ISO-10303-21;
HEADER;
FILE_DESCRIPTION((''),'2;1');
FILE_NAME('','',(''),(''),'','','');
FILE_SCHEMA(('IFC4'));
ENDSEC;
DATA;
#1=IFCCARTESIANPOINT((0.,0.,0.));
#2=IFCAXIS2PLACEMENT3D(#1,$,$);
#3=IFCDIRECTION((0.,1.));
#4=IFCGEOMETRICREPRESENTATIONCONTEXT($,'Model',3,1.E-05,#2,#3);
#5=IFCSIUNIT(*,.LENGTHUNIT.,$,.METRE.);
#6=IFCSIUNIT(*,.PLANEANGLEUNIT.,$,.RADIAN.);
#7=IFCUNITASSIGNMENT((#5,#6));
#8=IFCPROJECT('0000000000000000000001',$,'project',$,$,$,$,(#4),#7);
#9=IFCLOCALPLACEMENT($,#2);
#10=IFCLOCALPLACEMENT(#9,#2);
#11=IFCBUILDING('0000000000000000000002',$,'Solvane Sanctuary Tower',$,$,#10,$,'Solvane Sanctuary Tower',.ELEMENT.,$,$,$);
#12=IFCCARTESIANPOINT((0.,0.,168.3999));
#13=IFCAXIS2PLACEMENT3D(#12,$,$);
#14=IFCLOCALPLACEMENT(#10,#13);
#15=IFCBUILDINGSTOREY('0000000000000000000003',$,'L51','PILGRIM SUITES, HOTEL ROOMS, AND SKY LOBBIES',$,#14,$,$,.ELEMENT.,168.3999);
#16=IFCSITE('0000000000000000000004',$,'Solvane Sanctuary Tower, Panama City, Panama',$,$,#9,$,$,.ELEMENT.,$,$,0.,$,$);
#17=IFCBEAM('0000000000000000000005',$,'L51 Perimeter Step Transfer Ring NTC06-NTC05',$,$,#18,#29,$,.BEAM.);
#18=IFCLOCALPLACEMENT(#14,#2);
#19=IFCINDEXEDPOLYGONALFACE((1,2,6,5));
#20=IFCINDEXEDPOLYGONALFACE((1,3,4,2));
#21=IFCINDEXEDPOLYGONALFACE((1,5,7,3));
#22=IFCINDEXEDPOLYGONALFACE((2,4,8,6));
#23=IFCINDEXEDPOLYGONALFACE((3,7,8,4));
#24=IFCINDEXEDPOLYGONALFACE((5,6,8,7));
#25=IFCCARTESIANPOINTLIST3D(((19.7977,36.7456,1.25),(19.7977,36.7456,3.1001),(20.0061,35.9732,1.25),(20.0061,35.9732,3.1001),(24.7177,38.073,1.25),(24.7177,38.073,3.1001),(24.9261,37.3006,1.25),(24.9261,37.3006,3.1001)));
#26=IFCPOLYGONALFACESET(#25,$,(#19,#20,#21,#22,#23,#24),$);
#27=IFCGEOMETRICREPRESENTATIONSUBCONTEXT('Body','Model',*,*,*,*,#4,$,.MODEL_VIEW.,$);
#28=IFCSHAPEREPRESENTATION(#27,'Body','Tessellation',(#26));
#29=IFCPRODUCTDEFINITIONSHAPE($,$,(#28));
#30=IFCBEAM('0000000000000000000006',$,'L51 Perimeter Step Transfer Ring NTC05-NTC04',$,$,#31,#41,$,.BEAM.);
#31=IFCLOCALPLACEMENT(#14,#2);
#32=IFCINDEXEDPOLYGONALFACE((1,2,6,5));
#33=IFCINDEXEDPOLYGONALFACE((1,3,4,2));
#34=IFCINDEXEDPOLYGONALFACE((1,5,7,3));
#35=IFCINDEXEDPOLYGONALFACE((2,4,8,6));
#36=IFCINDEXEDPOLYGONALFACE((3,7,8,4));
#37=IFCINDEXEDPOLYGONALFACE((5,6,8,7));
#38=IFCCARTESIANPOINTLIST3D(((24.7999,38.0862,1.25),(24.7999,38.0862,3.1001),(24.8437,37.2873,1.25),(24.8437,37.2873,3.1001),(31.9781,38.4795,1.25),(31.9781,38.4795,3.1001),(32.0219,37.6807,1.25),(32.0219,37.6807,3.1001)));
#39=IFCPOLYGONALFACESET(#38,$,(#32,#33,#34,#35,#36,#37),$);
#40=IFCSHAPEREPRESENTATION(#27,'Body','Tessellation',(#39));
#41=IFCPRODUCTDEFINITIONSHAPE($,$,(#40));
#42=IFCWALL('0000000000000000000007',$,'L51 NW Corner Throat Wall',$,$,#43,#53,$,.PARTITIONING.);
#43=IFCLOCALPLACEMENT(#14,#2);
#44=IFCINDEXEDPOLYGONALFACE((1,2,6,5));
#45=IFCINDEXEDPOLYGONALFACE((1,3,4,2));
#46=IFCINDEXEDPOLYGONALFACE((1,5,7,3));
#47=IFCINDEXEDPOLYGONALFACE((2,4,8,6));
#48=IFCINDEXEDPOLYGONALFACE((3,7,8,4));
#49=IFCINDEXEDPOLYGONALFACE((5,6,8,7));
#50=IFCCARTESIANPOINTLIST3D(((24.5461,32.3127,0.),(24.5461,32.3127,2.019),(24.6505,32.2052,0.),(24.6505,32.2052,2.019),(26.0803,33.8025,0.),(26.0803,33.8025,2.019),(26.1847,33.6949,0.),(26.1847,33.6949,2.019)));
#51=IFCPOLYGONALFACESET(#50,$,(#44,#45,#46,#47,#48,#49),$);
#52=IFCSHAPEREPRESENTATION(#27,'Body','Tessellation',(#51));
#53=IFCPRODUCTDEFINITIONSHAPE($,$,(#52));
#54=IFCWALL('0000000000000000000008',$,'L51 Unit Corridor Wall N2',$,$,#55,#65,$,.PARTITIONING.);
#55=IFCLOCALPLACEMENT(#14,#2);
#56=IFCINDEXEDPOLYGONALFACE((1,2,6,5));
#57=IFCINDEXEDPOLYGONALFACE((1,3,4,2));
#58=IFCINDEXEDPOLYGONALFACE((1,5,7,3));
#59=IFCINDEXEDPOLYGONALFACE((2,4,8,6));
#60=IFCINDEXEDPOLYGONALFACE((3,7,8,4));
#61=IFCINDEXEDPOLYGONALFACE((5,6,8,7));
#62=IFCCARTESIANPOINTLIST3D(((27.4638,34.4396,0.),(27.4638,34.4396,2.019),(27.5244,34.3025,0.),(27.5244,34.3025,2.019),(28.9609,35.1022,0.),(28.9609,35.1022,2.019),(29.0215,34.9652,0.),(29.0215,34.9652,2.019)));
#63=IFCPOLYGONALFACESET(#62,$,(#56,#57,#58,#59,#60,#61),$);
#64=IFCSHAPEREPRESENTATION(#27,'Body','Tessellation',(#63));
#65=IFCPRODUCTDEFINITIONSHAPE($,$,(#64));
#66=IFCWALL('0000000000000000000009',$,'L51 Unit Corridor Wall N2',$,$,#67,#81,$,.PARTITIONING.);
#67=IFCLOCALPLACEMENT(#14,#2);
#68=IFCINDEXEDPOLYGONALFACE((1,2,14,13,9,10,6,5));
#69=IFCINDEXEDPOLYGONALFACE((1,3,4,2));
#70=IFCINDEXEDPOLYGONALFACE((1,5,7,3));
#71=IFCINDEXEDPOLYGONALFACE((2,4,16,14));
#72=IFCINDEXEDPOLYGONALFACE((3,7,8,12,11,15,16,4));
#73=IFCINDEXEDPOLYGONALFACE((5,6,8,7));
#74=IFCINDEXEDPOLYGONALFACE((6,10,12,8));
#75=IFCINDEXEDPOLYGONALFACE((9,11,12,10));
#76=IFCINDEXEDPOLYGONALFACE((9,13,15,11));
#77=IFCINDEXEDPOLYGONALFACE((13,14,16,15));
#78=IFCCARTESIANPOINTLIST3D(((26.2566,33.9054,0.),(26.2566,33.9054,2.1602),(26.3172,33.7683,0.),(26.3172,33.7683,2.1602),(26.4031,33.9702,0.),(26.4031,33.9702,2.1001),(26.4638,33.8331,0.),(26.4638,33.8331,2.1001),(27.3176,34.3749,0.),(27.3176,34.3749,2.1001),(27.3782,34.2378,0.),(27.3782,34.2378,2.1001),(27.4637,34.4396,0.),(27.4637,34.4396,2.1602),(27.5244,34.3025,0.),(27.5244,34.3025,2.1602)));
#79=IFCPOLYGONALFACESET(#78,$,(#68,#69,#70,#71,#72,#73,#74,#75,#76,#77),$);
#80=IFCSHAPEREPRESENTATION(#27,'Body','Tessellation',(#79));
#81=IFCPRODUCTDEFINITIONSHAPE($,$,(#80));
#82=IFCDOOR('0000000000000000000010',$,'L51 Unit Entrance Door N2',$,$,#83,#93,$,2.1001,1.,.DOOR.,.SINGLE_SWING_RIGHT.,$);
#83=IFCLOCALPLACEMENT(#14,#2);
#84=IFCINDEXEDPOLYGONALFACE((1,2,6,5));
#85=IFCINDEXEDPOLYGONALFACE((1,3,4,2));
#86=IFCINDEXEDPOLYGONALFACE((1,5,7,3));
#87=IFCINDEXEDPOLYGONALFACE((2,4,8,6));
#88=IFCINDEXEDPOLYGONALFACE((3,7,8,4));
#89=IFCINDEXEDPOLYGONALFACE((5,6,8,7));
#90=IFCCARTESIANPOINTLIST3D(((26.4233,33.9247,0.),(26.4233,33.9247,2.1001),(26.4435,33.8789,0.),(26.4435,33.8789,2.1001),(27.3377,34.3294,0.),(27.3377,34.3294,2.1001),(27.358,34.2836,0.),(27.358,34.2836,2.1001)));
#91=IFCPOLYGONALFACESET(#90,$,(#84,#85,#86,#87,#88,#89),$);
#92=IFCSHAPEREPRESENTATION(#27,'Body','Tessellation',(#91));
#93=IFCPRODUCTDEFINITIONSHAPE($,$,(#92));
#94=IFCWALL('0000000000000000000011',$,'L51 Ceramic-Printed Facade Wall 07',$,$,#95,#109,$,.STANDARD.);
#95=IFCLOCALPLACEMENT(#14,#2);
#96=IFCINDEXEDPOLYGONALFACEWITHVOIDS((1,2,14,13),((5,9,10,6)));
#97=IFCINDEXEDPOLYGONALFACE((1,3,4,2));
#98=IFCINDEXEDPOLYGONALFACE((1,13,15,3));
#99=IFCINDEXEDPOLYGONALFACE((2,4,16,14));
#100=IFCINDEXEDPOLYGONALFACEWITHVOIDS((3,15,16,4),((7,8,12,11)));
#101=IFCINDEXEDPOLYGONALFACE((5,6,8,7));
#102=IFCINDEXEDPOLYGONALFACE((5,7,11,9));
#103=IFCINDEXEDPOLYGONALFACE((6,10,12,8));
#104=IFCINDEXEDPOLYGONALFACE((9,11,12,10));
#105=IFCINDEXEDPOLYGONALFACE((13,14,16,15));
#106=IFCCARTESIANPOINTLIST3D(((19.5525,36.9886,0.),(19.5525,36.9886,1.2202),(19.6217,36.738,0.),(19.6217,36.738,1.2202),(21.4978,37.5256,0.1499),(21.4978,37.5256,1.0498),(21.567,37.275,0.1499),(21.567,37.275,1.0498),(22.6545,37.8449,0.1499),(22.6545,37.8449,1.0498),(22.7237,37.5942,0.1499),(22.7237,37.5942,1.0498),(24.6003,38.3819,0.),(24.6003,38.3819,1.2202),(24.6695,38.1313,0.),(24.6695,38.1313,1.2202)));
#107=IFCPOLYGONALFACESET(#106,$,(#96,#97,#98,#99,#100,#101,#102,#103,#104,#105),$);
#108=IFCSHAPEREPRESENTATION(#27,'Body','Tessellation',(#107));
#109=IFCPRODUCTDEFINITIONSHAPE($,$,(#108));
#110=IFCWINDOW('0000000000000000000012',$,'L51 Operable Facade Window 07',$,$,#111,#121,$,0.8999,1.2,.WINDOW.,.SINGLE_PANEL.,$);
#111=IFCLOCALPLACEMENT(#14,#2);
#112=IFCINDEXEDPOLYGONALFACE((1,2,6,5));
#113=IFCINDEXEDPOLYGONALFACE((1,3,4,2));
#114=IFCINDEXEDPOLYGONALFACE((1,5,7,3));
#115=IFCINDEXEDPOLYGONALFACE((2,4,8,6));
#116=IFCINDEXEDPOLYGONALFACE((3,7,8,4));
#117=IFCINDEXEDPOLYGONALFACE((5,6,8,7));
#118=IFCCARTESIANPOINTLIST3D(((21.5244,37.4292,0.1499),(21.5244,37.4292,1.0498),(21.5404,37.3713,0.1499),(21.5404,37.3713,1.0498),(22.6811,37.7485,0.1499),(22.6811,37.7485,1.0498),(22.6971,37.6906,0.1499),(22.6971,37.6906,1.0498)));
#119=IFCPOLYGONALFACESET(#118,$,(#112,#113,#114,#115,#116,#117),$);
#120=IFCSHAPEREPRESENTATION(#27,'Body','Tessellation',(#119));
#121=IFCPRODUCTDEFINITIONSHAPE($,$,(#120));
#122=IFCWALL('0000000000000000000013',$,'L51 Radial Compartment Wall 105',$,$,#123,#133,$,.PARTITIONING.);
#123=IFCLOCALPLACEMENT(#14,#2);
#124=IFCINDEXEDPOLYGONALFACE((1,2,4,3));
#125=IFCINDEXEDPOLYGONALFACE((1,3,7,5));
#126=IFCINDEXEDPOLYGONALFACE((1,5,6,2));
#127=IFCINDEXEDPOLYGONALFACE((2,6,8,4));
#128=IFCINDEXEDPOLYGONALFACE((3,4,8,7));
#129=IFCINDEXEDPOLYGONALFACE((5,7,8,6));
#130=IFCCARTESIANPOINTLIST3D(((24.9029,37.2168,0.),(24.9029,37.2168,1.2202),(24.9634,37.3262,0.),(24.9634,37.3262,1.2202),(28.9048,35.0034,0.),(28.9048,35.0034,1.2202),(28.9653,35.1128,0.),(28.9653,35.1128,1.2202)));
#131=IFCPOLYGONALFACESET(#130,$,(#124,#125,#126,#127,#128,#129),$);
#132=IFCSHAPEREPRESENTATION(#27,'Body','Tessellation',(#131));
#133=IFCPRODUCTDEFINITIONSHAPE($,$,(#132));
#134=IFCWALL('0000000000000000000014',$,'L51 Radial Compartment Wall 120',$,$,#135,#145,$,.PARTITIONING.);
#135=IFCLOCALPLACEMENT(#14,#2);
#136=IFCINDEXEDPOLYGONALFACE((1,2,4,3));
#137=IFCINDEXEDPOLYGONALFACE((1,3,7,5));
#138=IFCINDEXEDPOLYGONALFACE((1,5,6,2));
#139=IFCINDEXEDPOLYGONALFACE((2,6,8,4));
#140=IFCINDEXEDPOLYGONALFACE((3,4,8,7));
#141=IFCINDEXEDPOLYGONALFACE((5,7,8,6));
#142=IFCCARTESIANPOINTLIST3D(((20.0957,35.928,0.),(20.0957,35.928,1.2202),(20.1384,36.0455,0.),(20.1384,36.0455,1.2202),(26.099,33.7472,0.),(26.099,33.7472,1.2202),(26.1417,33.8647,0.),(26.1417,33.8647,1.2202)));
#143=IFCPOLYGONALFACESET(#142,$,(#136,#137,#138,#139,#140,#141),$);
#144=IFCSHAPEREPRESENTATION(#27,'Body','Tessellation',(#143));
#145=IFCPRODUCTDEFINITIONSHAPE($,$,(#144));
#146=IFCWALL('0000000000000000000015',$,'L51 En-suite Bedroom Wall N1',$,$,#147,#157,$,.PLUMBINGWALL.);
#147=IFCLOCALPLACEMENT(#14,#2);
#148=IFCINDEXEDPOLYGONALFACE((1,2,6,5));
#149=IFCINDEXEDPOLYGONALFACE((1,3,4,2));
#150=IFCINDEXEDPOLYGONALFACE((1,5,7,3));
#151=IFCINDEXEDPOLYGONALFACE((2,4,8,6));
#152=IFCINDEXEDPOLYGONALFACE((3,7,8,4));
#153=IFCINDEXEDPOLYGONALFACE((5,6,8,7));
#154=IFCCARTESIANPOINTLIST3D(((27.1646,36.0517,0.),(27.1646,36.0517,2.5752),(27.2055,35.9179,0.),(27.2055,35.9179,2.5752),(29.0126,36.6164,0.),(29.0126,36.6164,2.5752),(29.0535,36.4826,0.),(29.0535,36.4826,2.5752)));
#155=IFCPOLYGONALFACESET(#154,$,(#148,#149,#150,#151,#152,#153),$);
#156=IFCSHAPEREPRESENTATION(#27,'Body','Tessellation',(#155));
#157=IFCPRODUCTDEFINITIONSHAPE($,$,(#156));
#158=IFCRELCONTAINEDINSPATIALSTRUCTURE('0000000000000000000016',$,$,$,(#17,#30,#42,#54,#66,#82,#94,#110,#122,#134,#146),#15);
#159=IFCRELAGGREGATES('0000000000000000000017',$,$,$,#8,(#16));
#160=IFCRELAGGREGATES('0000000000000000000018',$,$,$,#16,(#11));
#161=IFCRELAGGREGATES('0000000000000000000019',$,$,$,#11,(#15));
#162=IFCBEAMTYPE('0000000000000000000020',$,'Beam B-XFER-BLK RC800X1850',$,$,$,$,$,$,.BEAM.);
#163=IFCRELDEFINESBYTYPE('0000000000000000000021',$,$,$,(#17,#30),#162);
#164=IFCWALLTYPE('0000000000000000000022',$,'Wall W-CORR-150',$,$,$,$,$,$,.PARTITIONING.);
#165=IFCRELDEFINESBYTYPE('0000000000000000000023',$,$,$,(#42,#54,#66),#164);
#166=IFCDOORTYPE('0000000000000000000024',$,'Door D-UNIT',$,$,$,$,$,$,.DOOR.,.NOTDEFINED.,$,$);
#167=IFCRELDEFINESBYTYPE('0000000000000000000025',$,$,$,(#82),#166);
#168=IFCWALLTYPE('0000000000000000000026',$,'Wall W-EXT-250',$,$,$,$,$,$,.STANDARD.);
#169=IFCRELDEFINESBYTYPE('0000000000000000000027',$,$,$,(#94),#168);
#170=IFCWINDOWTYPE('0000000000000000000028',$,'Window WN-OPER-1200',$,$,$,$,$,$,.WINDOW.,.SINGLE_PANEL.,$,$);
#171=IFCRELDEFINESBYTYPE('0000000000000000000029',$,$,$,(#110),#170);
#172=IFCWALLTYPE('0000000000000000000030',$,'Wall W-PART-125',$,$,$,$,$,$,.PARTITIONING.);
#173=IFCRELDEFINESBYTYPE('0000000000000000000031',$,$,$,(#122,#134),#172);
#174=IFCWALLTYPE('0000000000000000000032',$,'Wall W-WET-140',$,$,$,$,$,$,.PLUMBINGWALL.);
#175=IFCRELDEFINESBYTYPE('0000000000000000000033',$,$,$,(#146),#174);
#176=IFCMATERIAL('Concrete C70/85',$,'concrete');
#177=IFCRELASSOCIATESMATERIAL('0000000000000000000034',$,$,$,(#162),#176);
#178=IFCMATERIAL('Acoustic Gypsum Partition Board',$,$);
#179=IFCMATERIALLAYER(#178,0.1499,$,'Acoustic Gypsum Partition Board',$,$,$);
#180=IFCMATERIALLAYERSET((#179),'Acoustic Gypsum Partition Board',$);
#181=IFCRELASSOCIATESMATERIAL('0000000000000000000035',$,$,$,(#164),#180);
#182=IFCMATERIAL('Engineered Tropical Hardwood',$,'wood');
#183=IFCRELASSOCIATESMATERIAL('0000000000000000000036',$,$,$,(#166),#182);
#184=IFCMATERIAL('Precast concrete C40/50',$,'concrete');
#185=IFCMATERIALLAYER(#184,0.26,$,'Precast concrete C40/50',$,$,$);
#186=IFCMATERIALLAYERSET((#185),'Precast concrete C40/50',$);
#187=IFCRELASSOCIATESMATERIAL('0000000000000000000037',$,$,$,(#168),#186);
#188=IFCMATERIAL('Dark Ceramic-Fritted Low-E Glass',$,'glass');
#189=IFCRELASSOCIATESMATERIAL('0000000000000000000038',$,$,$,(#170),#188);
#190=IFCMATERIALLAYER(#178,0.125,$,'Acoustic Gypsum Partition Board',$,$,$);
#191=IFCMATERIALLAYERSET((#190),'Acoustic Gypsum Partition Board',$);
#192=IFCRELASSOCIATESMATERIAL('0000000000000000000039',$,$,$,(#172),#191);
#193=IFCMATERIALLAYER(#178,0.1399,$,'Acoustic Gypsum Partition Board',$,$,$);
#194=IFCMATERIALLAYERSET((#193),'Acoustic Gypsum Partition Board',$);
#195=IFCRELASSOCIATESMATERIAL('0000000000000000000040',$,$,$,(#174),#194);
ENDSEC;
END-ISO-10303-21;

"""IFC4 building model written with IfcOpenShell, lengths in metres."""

from ifc_helpers import new_model, si_unit, direction, frame, frame_2d, origin, origin_2d, place, context, subcontext, project, spatial, rectangle, extrude, material, layer, layer_set, material_profile, profile_set, type_object, element, fill, save


model = new_model("IFC4")

# Units and contexts
model_context = context("Model", 3, precision=1e-05, world=origin(), true_north=direction((0.0, 1.0)))
body_context = subcontext(model_context, "Body", "Model", "MODEL_VIEW")
ifc_project = project(units=[si_unit("LENGTHUNIT", "METRE"), si_unit("PLANEANGLEUNIT", "RADIAN")], contexts=[model_context])

# Site, building, storey
site_placement = place(None, origin())
site = spatial("IfcSite", under=ifc_project, at=site_placement, Name="Solvane Sanctuary Tower, Panama City, Panama", CompositionType="ELEMENT", RefElevation=0.0)
building_placement = place(site_placement, origin())
building = spatial("IfcBuilding", under=site, at=building_placement, Name="Solvane Sanctuary Tower", LongName="Solvane Sanctuary Tower", CompositionType="ELEMENT")
storey_placement = place(building_placement, frame((0.0, 0.0, 168.3999)))
storey = spatial("IfcBuildingStorey", under=building, at=storey_placement, Name="L51", Description="PILGRIM SUITES, HOTEL ROOMS, AND SKY LOBBIES", CompositionType="ELEMENT", Elevation=168.3999)

# Beams
ifc_material_1 = material(Name="Concrete C70/85", Category="concrete")
ifc_material_profile_1 = material_profile(ifc_material_1, rectangle(XDim=0.8, YDim=1.8501, at=origin_2d()), Name="RC800X1850")
ifc_profile_set_1 = profile_set([ifc_material_profile_1], Name="Concrete C70/85")
beam_type_1 = type_object("IfcBeamType", Name="Beam B-XFER-BLK RC800X1850", PredefinedType="BEAM", material=ifc_profile_set_1)
beam_1_placement = place(storey_placement, frame((19.9019, 36.3594, 2.175), z_axis=(0.965478, 0.260485, 0.0), x_axis=(-0.260485, 0.965478, 0.0)))
element("IfcBeam", 1, at=beam_1_placement, inside=storey, type_object=beam_type_1, Name="L51 Perimeter Step Transfer Ring NTC06-NTC05", PredefinedType="BEAM", context=body_context, shape_type="SweptSolid", body=[
    extrude(rectangle(XDim=0.8, YDim=1.8501, at=origin_2d()), origin(), (0.0, 0.0, 1.0), 5.0959),
])
beam_2_placement = place(storey_placement, frame((24.8218, 37.6868, 2.175), z_axis=(0.998502, 0.05471, 0.0), x_axis=(-0.05471, 0.998502, 0.0)))
element("IfcBeam", 2, at=beam_2_placement, inside=storey, type_object=beam_type_1, Name="L51 Perimeter Step Transfer Ring NTC05-NTC04", PredefinedType="BEAM", context=body_context, shape_type="SweptSolid", body=[
    extrude(rectangle(XDim=0.8, YDim=1.8501, at=origin_2d()), origin(), (0.0, 0.0, 1.0), 7.189),
])

# Walls
ifc_material_2 = material(Name="Acoustic Gypsum Partition Board")
ifc_layer_1 = layer(ifc_material_2, 0.1499, Name="Acoustic Gypsum Partition Board")
ifc_layer_set_1 = layer_set([ifc_layer_1], Name="Acoustic Gypsum Partition Board")
wall_type_1 = type_object("IfcWallType", Name="Wall W-CORR-150", PredefinedType="PARTITIONING", material=ifc_layer_set_1)
wall_1_placement = place(storey_placement, frame((26.1326, 33.7488, 0.0), z_axis=(0.0, 0.0, 1.0), x_axis=(-0.71742, -0.696641, 0.0)))
element("IfcWall", 3, at=wall_1_placement, inside=storey, type_object=wall_type_1, Name="L51 NW Corner Throat Wall", PredefinedType="PARTITIONING", context=body_context, shape_type="SweptSolid", body=[
    extrude(rectangle(XDim=2.1384, YDim=0.1499, at=frame_2d((1.0693, 0.0))), origin(), (0.0, 0.0, 1.0), 2.019),
])
wall_2_placement = place(storey_placement, frame((28.9912, 35.0337, 0.0), z_axis=(0.0, 0.0, 1.0), x_axis=(-0.914438, -0.404727, 0.0)))
element("IfcWall", 4, at=wall_2_placement, inside=storey, type_object=wall_type_1, Name="L51 Unit Corridor Wall N2", PredefinedType="PARTITIONING", context=body_context, shape_type="SweptSolid", body=[
    extrude(rectangle(XDim=1.6372, YDim=0.1499, at=frame_2d((0.8186, 0.0))), origin(), (0.0, 0.0, 1.0), 2.019),
])

# Wall, opening, door
wall_3_placement = place(storey_placement, frame((27.4941, 34.3711, 0.0), z_axis=(0.0, 0.0, 1.0), x_axis=(-0.914451, -0.404696, 0.0)))
wall_3 = element("IfcWall", 5, at=wall_3_placement, inside=storey, type_object=wall_type_1, Name="L51 Unit Corridor Wall N2", PredefinedType="PARTITIONING", context=body_context, shape_type="SweptSolid", body=[
    extrude(rectangle(XDim=1.3201, YDim=0.1499, at=frame_2d((0.6602, 0.0))), origin(), (0.0, 0.0, 1.0), 2.1602),
])
opening_1_placement = place(wall_3_placement, frame((0.1599, 0.0, 0.0)))
opening_1 = element("IfcOpeningElement", 6, at=opening_1_placement, cuts=wall_3, PredefinedType="OPENING", context=body_context, shape_type="SweptSolid", body=[
    extrude(rectangle(XDim=1.0, YDim=2.1001, at=frame_2d((0.5, 1.05))), frame((0.0, 0.085, 0.0), z_axis=(0.0, -1.0, 0.0), x_axis=(1.0, 0.0, 0.0)), (0.0, 0.0, 1.0), 0.1699),
])
ifc_material_3 = material(Name="Engineered Tropical Hardwood", Category="wood")
door_type = type_object("IfcDoorType", Name="Door D-UNIT", OperationType="NOTDEFINED", PredefinedType="DOOR", material=ifc_material_3)
door_placement = place(opening_1_placement, origin())
door = element("IfcDoor", 7, at=door_placement, inside=storey, type_object=door_type, Name="L51 Unit Entrance Door N2", OperationType="SINGLE_SWING_RIGHT", OverallHeight=2.1001, OverallWidth=1.0, PredefinedType="DOOR", context=body_context, shape_type="SweptSolid", body=[
    extrude(rectangle(XDim=1.0, YDim=2.1001, at=frame_2d((0.5, 1.05))), frame((0.0, 0.0249, 0.0), z_axis=(0.0, -1.0, 0.0), x_axis=(1.0, 0.0, 0.0)), (0.0, 0.0, 1.0), 0.05),
])
fill(opening_1, door)

# Wall, opening, window
ifc_material_4 = material(Name="Precast concrete C40/50", Category="concrete")
ifc_layer_2 = layer(ifc_material_4, 0.26, Name="Precast concrete C40/50")
ifc_layer_set_2 = layer_set([ifc_layer_2], Name="Precast concrete C40/50")
wall_type_2 = type_object("IfcWallType", Name="Wall W-EXT-250", PredefinedType="STANDARD", material=ifc_layer_set_2)
wall_4_placement = place(storey_placement, frame((24.6348, 38.2566, 0.0), z_axis=(0.0, 0.0, 1.0), x_axis=(-0.963953, -0.266071, 0.0)))
wall_4 = element("IfcWall", 8, at=wall_4_placement, inside=storey, type_object=wall_type_2, Name="L51 Ceramic-Printed Facade Wall 07", PredefinedType="STANDARD", context=body_context, shape_type="SweptSolid", body=[
    extrude(rectangle(XDim=5.2366, YDim=0.26, at=frame_2d((2.6182, 0.0))), origin(), (0.0, 0.0, 1.0), 1.2202),
])
opening_2_placement = place(wall_4_placement, frame((2.0183, 0.0, 0.1499)))
opening_2 = element("IfcOpeningElement", 9, at=opening_2_placement, cuts=wall_4, PredefinedType="OPENING", context=body_context, shape_type="SweptSolid", body=[
    extrude(rectangle(XDim=1.2, YDim=0.8999, at=frame_2d((0.6001, 0.45))), frame((0.0, 0.1399, 0.0), z_axis=(0.0, -1.0, 0.0), x_axis=(1.0, 0.0, 0.0)), (0.0, 0.0, 1.0), 0.28),
])
ifc_material_5 = material(Name="Dark Ceramic-Fritted Low-E Glass", Category="glass")
window_type = type_object("IfcWindowType", Name="Window WN-OPER-1200", PartitioningType="SINGLE_PANEL", PredefinedType="WINDOW", material=ifc_material_5)
window_placement = place(opening_2_placement, origin())
window = element("IfcWindow", 10, at=window_placement, inside=storey, type_object=window_type, Name="L51 Operable Facade Window 07", OverallHeight=0.8999, OverallWidth=1.2, PartitioningType="SINGLE_PANEL", PredefinedType="WINDOW", context=body_context, shape_type="SweptSolid", body=[
    extrude(rectangle(XDim=1.2, YDim=0.8999, at=frame_2d((0.6001, 0.45))), frame((0.0, 0.03, 0.0), z_axis=(0.0, -1.0, 0.0), x_axis=(1.0, 0.0, 0.0)), (0.0, 0.0, 1.0), 0.0601),
])
fill(opening_2, window)

# Walls
ifc_layer_3 = layer(ifc_material_2, 0.125, Name="Acoustic Gypsum Partition Board")
ifc_layer_set_3 = layer_set([ifc_layer_3], Name="Acoustic Gypsum Partition Board")
wall_type_3 = type_object("IfcWallType", Name="Wall W-PART-125", PredefinedType="PARTITIONING", material=ifc_layer_set_3)
wall_5_placement = place(storey_placement, frame((28.9351, 35.0581, 0.0), z_axis=(0.0, 0.0, 1.0), x_axis=(-0.875077, 0.483983, 0.0)))
element("IfcWall", 11, at=wall_5_placement, inside=storey, type_object=wall_type_3, Name="L51 Radial Compartment Wall 105", PredefinedType="PARTITIONING", context=body_context, shape_type="SweptSolid", body=[
    extrude(rectangle(XDim=4.5732, YDim=0.125, at=frame_2d((2.2866, 0.0))), origin(), (0.0, 0.0, 1.0), 1.2202),
])
wall_6_placement = place(storey_placement, frame((26.1204, 33.8059, 0.0), z_axis=(0.0, 0.0, 1.0), x_axis=(-0.939902, 0.341445, 0.0)))
element("IfcWall", 12, at=wall_6_placement, inside=storey, type_object=wall_type_3, Name="L51 Radial Compartment Wall 120", PredefinedType="PARTITIONING", context=body_context, shape_type="SweptSolid", body=[
    extrude(rectangle(XDim=6.3872, YDim=0.125, at=frame_2d((3.1936, 0.0))), origin(), (0.0, 0.0, 1.0), 1.2202),
])
ifc_layer_4 = layer(ifc_material_2, 0.1399, Name="Acoustic Gypsum Partition Board")
ifc_layer_set_4 = layer_set([ifc_layer_4], Name="Acoustic Gypsum Partition Board")
wall_type_4 = type_object("IfcWallType", Name="Wall W-WET-140", PredefinedType="PLUMBINGWALL", material=ifc_layer_set_4)
wall_7_placement = place(storey_placement, frame((29.0332, 36.5496, 0.0), z_axis=(0.0, 0.0, 1.0), x_axis=(-0.956343, -0.292247, 0.0)))
element("IfcWall", 13, at=wall_7_placement, inside=storey, type_object=wall_type_4, Name="L51 En-suite Bedroom Wall N1", PredefinedType="PLUMBINGWALL", context=body_context, shape_type="SweptSolid", body=[
    extrude(rectangle(XDim=1.9324, YDim=0.1399, at=frame_2d((0.9663, 0.0))), origin(), (0.0, 0.0, 1.0), 2.5752),
])

save(model, "model.ifc")
